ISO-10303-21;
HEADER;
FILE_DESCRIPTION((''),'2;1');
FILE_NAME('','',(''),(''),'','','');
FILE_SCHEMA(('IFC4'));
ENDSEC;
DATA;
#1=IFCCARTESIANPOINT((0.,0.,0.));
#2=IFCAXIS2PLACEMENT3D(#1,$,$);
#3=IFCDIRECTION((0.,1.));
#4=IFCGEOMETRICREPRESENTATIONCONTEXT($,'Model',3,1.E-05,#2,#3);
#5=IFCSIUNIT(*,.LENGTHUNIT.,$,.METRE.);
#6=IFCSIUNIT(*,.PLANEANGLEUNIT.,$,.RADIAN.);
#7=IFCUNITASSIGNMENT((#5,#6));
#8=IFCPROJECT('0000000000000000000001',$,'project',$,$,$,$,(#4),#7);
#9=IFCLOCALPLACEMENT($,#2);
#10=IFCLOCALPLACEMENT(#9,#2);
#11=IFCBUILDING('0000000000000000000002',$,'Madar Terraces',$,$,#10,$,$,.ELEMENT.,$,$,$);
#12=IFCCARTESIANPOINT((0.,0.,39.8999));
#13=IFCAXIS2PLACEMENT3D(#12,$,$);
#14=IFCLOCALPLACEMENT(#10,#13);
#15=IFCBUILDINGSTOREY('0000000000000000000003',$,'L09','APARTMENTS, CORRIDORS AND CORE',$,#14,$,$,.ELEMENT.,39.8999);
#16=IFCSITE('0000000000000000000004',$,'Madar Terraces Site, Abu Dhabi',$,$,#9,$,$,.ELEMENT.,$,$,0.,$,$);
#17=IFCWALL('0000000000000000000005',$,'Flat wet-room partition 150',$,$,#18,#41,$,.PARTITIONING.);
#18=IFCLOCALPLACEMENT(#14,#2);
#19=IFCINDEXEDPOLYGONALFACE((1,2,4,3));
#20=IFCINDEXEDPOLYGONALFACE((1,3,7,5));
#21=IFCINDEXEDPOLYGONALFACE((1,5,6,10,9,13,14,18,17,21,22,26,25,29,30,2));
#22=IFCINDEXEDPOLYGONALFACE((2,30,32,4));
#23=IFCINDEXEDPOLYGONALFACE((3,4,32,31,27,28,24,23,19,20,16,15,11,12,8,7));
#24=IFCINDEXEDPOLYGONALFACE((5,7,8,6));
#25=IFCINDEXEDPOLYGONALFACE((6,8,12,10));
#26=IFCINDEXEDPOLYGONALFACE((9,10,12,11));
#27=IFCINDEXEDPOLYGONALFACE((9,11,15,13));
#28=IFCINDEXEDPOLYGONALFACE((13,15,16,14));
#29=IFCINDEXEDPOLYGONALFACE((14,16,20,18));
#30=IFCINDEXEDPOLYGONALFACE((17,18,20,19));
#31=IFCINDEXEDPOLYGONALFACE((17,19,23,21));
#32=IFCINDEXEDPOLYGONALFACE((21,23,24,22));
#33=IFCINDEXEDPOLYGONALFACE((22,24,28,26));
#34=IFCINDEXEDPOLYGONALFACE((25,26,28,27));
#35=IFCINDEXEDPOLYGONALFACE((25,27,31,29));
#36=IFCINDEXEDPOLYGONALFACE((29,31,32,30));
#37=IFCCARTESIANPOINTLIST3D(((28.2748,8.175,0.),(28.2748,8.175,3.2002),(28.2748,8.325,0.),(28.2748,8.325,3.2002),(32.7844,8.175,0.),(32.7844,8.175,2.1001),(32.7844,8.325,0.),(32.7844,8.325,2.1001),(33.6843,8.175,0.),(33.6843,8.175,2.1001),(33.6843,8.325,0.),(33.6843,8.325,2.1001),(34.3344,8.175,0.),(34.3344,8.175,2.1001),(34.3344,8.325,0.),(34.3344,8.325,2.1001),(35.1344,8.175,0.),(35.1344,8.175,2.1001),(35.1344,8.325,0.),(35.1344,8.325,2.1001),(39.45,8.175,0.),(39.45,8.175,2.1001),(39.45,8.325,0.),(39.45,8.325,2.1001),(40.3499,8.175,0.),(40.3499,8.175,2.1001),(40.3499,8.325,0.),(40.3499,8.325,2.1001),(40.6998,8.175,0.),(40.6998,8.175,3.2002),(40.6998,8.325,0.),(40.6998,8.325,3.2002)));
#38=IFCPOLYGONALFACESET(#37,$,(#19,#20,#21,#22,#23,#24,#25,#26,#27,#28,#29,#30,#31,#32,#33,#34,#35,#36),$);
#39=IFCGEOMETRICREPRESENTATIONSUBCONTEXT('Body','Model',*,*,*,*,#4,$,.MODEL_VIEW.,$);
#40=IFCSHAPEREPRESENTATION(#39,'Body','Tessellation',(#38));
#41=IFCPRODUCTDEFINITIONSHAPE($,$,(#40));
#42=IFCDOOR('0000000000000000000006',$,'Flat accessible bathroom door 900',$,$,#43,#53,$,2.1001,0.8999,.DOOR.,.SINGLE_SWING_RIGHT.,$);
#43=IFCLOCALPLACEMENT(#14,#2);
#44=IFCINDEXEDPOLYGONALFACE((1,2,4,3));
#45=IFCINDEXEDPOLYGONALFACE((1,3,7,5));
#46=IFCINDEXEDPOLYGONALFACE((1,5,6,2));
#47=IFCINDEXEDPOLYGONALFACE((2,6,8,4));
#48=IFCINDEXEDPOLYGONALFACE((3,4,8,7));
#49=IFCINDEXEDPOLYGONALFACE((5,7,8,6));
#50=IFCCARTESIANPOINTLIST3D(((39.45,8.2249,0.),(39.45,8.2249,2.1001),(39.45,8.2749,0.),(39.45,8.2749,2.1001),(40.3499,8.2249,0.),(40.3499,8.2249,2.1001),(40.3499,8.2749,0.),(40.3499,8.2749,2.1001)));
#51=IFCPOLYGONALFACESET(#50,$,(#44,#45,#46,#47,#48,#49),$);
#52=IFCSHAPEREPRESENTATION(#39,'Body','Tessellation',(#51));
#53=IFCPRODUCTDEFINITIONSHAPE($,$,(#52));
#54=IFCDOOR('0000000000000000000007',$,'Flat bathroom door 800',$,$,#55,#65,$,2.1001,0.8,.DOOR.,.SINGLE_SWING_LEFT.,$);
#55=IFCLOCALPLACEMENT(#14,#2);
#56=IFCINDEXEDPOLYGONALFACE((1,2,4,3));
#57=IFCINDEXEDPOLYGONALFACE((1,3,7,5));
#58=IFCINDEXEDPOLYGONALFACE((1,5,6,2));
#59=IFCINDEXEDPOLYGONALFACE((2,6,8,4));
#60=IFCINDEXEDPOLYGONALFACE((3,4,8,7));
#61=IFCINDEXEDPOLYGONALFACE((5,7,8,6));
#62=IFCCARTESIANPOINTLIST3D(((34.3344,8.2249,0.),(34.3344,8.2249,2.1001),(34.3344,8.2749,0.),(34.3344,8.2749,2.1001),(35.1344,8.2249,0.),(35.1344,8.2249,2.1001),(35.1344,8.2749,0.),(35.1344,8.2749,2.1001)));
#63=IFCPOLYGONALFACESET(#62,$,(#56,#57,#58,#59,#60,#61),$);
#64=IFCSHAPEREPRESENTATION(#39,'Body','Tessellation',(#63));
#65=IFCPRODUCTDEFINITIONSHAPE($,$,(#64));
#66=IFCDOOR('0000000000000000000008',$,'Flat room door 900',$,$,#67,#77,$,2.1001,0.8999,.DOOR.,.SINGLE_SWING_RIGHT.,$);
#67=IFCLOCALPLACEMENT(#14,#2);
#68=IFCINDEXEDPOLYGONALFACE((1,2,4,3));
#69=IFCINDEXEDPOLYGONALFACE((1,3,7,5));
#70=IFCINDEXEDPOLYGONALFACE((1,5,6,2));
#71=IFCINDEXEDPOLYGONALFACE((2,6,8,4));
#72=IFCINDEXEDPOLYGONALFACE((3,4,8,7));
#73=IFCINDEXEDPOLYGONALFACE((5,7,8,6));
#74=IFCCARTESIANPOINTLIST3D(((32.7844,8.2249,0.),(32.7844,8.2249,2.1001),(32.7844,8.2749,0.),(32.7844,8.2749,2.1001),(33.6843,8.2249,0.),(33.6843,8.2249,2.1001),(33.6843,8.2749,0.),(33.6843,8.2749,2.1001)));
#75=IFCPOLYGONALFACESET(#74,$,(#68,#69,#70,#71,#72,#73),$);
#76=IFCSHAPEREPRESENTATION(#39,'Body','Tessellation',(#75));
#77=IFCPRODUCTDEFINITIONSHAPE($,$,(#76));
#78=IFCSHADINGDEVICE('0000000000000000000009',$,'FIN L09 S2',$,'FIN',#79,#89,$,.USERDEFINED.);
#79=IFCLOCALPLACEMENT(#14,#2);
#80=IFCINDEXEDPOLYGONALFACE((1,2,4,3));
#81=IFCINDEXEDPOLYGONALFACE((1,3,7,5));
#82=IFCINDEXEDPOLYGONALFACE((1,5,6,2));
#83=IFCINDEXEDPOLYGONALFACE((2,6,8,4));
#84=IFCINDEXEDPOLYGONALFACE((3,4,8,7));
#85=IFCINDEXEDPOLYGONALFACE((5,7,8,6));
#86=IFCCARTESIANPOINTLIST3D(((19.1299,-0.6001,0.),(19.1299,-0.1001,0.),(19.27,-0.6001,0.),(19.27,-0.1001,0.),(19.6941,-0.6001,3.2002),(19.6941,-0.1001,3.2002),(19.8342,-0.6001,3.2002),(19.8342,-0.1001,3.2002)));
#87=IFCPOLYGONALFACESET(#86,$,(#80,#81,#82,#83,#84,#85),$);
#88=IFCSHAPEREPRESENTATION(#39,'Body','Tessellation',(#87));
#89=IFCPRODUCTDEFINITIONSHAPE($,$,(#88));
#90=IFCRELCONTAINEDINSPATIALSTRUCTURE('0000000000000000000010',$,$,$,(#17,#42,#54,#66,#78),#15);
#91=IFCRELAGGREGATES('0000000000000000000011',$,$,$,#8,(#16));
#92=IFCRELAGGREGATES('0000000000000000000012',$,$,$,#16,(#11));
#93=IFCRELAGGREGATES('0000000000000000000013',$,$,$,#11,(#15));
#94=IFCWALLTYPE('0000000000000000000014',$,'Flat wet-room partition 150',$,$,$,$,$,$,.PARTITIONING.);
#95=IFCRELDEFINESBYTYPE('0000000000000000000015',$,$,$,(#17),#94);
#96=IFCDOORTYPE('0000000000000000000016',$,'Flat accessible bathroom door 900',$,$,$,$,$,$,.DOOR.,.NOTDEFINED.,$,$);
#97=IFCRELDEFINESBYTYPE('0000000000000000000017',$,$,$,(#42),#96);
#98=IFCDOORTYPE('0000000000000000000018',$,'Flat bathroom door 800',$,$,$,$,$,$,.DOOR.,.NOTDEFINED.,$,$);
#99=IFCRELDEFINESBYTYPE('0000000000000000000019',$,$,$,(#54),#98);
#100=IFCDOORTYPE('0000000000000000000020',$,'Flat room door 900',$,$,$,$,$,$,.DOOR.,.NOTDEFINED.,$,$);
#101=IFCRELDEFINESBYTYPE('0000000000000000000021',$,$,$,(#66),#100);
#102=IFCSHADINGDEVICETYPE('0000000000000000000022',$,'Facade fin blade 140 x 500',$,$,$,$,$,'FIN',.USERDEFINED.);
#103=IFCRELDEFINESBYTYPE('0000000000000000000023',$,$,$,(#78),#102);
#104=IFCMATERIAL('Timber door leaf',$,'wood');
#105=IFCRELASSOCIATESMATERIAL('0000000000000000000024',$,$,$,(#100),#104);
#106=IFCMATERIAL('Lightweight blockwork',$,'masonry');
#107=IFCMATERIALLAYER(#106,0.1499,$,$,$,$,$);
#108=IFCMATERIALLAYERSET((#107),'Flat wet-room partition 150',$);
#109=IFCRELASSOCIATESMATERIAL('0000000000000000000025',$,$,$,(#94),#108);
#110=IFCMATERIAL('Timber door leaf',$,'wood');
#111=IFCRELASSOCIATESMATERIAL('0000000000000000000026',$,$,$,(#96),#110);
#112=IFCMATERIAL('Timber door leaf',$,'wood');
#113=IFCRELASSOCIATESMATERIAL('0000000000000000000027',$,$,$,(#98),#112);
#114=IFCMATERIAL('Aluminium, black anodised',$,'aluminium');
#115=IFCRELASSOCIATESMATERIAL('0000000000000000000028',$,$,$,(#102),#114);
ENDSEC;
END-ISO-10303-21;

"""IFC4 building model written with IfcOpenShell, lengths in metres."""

from ifc_helpers import new_model, si_unit, direction, frame, frame_2d, origin, place, context, subcontext, project, spatial, polyline, rectangle, outline, extrude, material, layer, layer_set, type_object, element, fill, save


model = new_model("IFC4")

# Units and contexts
model_context = context("Model", 3, precision=1e-05, world=origin(), true_north=direction((0.0, 1.0)))
body_context = subcontext(model_context, "Body", "Model", "MODEL_VIEW")
ifc_project = project(units=[si_unit("LENGTHUNIT", "METRE"), si_unit("PLANEANGLEUNIT", "RADIAN")], contexts=[model_context])

# Site, building, storey
site_placement = place(None, origin())
site = spatial("IfcSite", under=ifc_project, at=site_placement, Name="Madar Terraces Site, Abu Dhabi", CompositionType="ELEMENT", RefElevation=0.0)
building_placement = place(site_placement, origin())
building = spatial("IfcBuilding", under=site, at=building_placement, Name="Madar Terraces", CompositionType="ELEMENT")
storey_placement = place(building_placement, frame((0.0, 0.0, 39.8999)))
storey = spatial("IfcBuildingStorey", under=building, at=storey_placement, Name="L09", Description="APARTMENTS, CORRIDORS AND CORE", CompositionType="ELEMENT", Elevation=39.8999)

# Shared definitions
ifc_material_1 = material(Name="Timber door leaf", Category="wood")
door_type_1 = type_object("IfcDoorType", Name="Flat room door 900", OperationType="NOTDEFINED", PredefinedType="DOOR", material=ifc_material_1)

# Shared definitions
ifc_material_2 = material(Name="Lightweight blockwork", Category="masonry")
ifc_layer_1 = layer(ifc_material_2, 0.1499)
ifc_layer_set_1 = layer_set([ifc_layer_1], Name="Flat wet-room partition 150")
wall_type_1 = type_object("IfcWallType", Name="Flat wet-room partition 150", PredefinedType="PARTITIONING", material=ifc_layer_set_1)

# Wall, openings, doors
wall_1_placement = place(storey_placement, frame((28.2749, 8.25, 0.0), z_axis=(0.0, 0.0, 1.0), x_axis=(1.0, 0.0, 0.0)))
wall_1 = element("IfcWall", 1, at=wall_1_placement, inside=storey, type_object=wall_type_1, Name="Flat wet-room partition 150", PredefinedType="PARTITIONING", context=body_context, shape_type="SweptSolid", body=[
    extrude(rectangle(XDim=12.425, YDim=0.1499, at=frame_2d((6.2124, 0.0))), origin(), (0.0, 0.0, 1.0), 3.2002),
])
opening_1_placement = place(wall_1_placement, frame((4.5095, 0.0, 0.0)))
opening_1 = element("IfcOpeningElement", 2, at=opening_1_placement, cuts=wall_1, PredefinedType="OPENING", context=body_context, shape_type="SweptSolid", body=[
    extrude(rectangle(XDim=0.8999, YDim=2.1001, at=frame_2d((0.45, 1.05))), frame((0.0, 0.085, 0.0), z_axis=(0.0, -1.0, 0.0), x_axis=(1.0, 0.0, 0.0)), (0.0, 0.0, 1.0), 0.1699),
])
opening_2_placement = place(wall_1_placement, frame((6.0596, 0.0, 0.0)))
opening_2 = element("IfcOpeningElement", 3, at=opening_2_placement, cuts=wall_1, PredefinedType="OPENING", context=body_context, shape_type="SweptSolid", body=[
    extrude(rectangle(XDim=0.8, YDim=2.1001, at=frame_2d((0.3999, 1.05))), frame((0.0, 0.085, 0.0), z_axis=(0.0, -1.0, 0.0), x_axis=(1.0, 0.0, 0.0)), (0.0, 0.0, 1.0), 0.1699),
])
opening_3_placement = place(wall_1_placement, frame((11.175, 0.0, 0.0)))
opening_3 = element("IfcOpeningElement", 4, at=opening_3_placement, cuts=wall_1, PredefinedType="OPENING", context=body_context, shape_type="SweptSolid", body=[
    extrude(rectangle(XDim=0.8999, YDim=2.1001, at=frame_2d((0.45, 1.05))), frame((0.0, 0.085, 0.0), z_axis=(0.0, -1.0, 0.0), x_axis=(1.0, 0.0, 0.0)), (0.0, 0.0, 1.0), 0.1699),
])
ifc_material_3 = material(Name="Timber door leaf", Category="wood")
door_type_2 = type_object("IfcDoorType", Name="Flat accessible bathroom door 900", OperationType="NOTDEFINED", PredefinedType="DOOR", material=ifc_material_3)
door_1_placement = place(opening_3_placement, origin())
door_1 = element("IfcDoor", 5, at=door_1_placement, inside=storey, type_object=door_type_2, Name="Flat accessible bathroom door 900", OperationType="SINGLE_SWING_RIGHT", OverallHeight=2.1001, OverallWidth=0.8999, PredefinedType="DOOR", context=body_context, shape_type="SweptSolid", body=[
    extrude(rectangle(XDim=0.8999, YDim=2.1001, at=frame_2d((0.45, 1.05))), frame((0.0, 0.0249, 0.0), z_axis=(0.0, -1.0, 0.0), x_axis=(1.0, 0.0, 0.0)), (0.0, 0.0, 1.0), 0.05),
])
fill(opening_3, door_1)
ifc_material_4 = material(Name="Timber door leaf", Category="wood")
door_type_3 = type_object("IfcDoorType", Name="Flat bathroom door 800", OperationType="NOTDEFINED", PredefinedType="DOOR", material=ifc_material_4)
door_2_placement = place(opening_2_placement, origin())
door_2 = element("IfcDoor", 6, at=door_2_placement, inside=storey, type_object=door_type_3, Name="Flat bathroom door 800", OperationType="SINGLE_SWING_LEFT", OverallHeight=2.1001, OverallWidth=0.8, PredefinedType="DOOR", context=body_context, shape_type="SweptSolid", body=[
    extrude(rectangle(XDim=0.8, YDim=2.1001, at=frame_2d((0.3999, 1.05))), frame((0.0, 0.0249, 0.0), z_axis=(0.0, -1.0, 0.0), x_axis=(1.0, 0.0, 0.0)), (0.0, 0.0, 1.0), 0.05),
])
fill(opening_2, door_2)
door_3_placement = place(opening_1_placement, origin())
door_3 = element("IfcDoor", 7, at=door_3_placement, inside=storey, type_object=door_type_1, Name="Flat room door 900", OperationType="SINGLE_SWING_RIGHT", OverallHeight=2.1001, OverallWidth=0.8999, PredefinedType="DOOR", context=body_context, shape_type="SweptSolid", body=[
    extrude(rectangle(XDim=0.8999, YDim=2.1001, at=frame_2d((0.45, 1.05))), frame((0.0, 0.0249, 0.0), z_axis=(0.0, -1.0, 0.0), x_axis=(1.0, 0.0, 0.0)), (0.0, 0.0, 1.0), 0.05),
])
fill(opening_1, door_3)

# Shading device
ifc_material_5 = material(Name="Aluminium, black anodised", Category="aluminium")
shading_device_type = type_object("IfcShadingDeviceType", Name="Facade fin blade 140 x 500", ElementType="FIN", PredefinedType="USERDEFINED", material=ifc_material_5)
shading_device_placement = place(storey_placement, frame((19.1299, -0.3501, 0.0), z_axis=(0.0, 0.0, 1.0), x_axis=(1.0, 0.0, 0.0)))
element("IfcShadingDevice", 8, at=shading_device_placement, inside=storey, type_object=shading_device_type, Name="FIN L09 S2", ObjectType="FIN", PredefinedType="USERDEFINED", context=body_context, shape_type="SweptSolid", body=[
    extrude(outline(polyline([(0.0, 0.0), (0.1401, 0.0), (0.7043, 3.2002), (0.5642, 3.2002), (0.0, 0.0)])), frame((0.0, 0.25, 0.0), z_axis=(0.0, -1.0, 0.0), x_axis=(1.0, 0.0, 0.0)), (0.0, 0.0, 1.0), 0.5),
])

save(model, "model.ifc")
